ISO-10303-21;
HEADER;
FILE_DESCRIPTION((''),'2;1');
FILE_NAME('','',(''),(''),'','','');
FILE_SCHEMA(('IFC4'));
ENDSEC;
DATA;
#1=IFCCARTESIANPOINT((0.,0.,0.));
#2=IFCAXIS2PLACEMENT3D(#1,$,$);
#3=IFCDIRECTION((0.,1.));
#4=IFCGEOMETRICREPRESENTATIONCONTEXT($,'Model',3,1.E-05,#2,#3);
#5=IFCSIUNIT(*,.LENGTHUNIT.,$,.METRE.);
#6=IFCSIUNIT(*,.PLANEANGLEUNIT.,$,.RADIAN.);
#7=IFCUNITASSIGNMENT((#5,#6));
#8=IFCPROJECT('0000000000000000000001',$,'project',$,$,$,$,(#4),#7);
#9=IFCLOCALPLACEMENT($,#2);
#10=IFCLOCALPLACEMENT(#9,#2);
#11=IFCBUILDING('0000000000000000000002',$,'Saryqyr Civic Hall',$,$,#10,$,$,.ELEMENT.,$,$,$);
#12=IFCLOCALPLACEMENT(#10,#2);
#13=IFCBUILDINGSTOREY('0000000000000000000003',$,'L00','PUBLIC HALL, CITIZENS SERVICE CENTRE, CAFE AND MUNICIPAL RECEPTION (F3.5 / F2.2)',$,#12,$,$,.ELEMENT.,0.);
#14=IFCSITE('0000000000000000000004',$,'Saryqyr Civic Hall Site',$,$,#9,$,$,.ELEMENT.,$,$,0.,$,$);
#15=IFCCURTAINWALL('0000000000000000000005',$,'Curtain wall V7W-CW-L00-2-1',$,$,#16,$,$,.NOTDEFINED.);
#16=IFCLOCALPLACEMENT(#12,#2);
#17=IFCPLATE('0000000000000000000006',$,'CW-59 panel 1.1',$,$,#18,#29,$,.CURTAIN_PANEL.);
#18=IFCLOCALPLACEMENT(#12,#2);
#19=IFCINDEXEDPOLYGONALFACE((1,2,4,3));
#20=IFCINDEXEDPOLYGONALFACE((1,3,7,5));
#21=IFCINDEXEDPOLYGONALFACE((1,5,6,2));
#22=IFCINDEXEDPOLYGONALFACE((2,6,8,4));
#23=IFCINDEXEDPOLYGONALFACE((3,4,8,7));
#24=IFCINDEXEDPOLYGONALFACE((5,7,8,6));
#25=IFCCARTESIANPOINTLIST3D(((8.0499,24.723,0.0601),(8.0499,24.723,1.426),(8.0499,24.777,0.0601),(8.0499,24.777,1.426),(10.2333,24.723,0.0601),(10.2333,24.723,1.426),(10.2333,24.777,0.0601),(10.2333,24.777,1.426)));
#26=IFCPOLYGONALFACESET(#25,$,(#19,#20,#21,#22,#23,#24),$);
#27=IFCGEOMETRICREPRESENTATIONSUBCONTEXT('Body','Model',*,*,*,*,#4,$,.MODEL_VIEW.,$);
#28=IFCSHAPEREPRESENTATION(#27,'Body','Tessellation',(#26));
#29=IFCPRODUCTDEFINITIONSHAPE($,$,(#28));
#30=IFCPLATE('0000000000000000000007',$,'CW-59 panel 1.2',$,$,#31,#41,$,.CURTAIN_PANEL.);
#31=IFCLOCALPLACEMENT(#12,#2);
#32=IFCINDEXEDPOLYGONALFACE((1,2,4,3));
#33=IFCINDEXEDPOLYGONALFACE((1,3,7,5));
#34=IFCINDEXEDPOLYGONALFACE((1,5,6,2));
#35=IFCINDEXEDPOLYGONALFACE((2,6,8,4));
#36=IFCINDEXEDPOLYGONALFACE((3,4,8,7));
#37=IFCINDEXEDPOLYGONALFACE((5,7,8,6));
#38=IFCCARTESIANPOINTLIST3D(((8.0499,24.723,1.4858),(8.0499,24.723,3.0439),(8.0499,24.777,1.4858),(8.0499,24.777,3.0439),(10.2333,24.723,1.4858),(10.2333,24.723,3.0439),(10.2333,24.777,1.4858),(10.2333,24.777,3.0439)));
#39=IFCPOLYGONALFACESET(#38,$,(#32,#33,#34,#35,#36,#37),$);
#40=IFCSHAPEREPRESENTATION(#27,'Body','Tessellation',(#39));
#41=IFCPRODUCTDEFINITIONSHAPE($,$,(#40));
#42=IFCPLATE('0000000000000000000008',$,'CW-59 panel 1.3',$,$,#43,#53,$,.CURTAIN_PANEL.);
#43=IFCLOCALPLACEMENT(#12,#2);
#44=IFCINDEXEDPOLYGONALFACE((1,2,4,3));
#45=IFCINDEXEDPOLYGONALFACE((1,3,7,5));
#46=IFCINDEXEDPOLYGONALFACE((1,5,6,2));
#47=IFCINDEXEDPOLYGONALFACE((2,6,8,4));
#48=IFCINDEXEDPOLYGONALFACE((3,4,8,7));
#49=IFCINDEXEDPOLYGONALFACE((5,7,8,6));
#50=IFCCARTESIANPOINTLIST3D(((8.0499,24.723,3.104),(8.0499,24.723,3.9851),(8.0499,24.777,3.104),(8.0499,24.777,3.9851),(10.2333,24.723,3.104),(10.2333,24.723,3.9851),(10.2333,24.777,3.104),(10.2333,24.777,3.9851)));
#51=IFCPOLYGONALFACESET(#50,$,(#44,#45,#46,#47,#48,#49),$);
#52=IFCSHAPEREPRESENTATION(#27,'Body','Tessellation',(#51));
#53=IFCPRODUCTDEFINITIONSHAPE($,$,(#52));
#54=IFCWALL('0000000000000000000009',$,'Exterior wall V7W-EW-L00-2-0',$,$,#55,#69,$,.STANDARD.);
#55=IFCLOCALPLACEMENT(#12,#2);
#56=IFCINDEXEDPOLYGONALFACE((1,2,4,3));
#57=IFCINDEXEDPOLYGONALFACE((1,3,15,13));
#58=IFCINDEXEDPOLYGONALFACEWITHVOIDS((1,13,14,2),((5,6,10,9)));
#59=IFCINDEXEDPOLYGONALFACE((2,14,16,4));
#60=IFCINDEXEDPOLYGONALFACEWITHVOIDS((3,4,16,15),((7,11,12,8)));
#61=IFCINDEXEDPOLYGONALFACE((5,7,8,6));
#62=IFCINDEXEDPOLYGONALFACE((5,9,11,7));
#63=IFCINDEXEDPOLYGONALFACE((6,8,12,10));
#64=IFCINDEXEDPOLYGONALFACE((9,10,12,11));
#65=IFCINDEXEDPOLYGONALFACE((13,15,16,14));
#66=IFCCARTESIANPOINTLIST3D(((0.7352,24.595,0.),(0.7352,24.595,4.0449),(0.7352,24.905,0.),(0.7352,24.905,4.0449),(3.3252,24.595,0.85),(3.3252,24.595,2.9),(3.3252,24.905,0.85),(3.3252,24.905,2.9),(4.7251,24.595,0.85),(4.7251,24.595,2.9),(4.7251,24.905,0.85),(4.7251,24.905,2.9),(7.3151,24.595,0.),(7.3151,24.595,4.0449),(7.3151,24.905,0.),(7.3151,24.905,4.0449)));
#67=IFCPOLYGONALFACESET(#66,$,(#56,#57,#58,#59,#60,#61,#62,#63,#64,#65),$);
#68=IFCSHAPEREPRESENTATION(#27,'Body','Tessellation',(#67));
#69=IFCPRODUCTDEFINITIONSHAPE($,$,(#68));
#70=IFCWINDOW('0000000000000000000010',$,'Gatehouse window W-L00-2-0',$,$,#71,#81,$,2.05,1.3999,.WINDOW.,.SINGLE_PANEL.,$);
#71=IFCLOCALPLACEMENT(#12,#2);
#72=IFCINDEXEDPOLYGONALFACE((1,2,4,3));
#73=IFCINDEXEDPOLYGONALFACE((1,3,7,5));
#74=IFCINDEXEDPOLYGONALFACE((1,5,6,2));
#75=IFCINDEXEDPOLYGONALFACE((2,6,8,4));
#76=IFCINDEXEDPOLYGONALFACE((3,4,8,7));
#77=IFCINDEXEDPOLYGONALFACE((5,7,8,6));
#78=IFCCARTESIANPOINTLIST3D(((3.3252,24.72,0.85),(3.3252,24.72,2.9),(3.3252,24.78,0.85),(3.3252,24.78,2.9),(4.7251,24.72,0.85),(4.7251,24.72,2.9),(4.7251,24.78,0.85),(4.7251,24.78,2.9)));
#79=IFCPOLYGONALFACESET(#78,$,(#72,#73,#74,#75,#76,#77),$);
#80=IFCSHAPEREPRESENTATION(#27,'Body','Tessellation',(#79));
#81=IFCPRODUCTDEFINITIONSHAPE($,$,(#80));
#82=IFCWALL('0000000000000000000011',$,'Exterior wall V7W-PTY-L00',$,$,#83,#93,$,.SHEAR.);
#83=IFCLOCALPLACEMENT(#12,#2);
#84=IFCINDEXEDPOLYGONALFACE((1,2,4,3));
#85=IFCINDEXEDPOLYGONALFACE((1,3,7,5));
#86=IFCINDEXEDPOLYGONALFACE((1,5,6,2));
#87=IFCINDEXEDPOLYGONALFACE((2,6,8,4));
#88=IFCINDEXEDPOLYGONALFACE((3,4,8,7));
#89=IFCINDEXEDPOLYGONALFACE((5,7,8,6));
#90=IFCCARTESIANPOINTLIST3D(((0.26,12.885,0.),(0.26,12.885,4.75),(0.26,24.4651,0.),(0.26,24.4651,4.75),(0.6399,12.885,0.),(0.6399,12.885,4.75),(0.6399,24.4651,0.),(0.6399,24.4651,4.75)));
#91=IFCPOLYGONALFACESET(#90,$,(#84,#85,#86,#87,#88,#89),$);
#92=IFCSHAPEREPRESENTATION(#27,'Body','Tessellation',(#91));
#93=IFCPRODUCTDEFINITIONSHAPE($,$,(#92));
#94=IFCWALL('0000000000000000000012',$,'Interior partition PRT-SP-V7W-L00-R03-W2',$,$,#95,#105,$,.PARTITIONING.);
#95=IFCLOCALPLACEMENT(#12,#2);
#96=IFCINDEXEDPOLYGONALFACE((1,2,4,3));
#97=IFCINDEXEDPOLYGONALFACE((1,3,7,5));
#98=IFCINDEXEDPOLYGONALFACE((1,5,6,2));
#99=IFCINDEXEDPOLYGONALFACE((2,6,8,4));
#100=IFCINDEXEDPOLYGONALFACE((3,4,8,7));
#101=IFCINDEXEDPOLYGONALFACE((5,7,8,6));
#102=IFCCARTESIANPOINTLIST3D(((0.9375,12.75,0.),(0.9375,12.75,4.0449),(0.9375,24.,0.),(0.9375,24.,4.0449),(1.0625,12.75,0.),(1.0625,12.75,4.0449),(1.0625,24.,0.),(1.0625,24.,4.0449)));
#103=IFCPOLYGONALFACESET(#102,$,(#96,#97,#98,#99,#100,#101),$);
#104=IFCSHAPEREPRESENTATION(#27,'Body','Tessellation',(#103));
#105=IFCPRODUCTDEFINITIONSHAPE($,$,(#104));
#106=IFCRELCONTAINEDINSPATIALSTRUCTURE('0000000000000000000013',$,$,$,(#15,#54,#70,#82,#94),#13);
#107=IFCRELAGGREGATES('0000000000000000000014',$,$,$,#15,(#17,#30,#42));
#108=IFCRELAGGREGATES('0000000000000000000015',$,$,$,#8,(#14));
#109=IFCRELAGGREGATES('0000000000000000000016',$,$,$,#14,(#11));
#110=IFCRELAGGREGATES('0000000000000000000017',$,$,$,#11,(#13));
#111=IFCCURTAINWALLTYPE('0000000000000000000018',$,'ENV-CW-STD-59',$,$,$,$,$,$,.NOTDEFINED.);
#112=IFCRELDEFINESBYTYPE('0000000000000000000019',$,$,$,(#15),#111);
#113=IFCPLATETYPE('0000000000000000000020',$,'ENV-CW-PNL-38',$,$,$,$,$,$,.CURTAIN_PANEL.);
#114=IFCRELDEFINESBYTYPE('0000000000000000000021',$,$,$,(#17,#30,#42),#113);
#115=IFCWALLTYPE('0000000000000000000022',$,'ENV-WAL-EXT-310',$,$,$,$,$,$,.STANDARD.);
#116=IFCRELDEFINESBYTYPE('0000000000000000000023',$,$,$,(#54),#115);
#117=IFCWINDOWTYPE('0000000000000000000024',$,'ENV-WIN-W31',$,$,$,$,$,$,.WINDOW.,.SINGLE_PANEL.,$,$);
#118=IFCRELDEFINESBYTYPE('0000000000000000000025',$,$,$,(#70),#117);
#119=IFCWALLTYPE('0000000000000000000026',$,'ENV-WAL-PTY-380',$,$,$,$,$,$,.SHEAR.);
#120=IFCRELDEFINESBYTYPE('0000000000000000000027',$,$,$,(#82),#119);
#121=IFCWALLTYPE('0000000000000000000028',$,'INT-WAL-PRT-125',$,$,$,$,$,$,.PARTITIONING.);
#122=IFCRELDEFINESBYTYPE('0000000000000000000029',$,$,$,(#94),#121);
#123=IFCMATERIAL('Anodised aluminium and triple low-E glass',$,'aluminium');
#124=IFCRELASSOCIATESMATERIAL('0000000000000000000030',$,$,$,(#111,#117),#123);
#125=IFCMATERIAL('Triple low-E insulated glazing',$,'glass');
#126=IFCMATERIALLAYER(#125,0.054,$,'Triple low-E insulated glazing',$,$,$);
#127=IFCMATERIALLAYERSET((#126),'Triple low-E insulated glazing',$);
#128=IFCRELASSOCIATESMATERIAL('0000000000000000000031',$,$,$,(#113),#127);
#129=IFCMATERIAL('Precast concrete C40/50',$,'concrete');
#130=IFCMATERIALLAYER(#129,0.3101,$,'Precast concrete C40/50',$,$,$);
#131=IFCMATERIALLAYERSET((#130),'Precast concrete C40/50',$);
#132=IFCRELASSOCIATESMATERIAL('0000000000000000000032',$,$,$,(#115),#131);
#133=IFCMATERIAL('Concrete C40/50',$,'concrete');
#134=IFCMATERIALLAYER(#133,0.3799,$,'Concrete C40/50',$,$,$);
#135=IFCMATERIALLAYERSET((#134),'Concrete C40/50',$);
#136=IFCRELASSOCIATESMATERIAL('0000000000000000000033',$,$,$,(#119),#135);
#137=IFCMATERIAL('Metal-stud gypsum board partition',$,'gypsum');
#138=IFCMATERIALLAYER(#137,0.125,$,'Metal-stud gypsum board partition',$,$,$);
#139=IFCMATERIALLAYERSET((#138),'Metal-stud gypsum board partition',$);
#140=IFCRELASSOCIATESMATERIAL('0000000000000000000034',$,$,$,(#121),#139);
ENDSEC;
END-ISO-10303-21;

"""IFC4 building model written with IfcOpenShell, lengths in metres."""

from ifc_helpers import new_model, si_unit, direction, frame, frame_2d, origin, origin_2d, place, context, subcontext, project, spatial, rectangle, extrude, material, layer, layer_set, type_object, element, fill, aggregate, save


model = new_model("IFC4")

# Units and contexts
model_context = context("Model", 3, precision=1e-05, world=origin(), true_north=direction((0.0, 1.0)))
body_context = subcontext(model_context, "Body", "Model", "MODEL_VIEW")
ifc_project = project(units=[si_unit("LENGTHUNIT", "METRE"), si_unit("PLANEANGLEUNIT", "RADIAN")], contexts=[model_context])

# Site, building, storey
site_placement = place(None, origin())
site = spatial("IfcSite", under=ifc_project, at=site_placement, Name="Saryqyr Civic Hall Site", CompositionType="ELEMENT", RefElevation=0.0)
building_placement = place(site_placement, origin())
building = spatial("IfcBuilding", under=site, at=building_placement, Name="Saryqyr Civic Hall", CompositionType="ELEMENT")
storey_placement = place(building_placement, origin())
storey = spatial("IfcBuildingStorey", under=building, at=storey_placement, Name="L00", Description="PUBLIC HALL, CITIZENS SERVICE CENTRE, CAFE AND MUNICIPAL RECEPTION (F3.5 / F2.2)", CompositionType="ELEMENT", Elevation=0.0)

# Shared definitions
ifc_material_1 = material(Name="Concrete C40/50", Category="concrete")

# Curtain wall
ifc_material_2 = material(Name="Anodised aluminium and triple low-E glass", Category="aluminium")
curtain_wall_type = type_object("IfcCurtainWallType", Name="ENV-CW-STD-59", PredefinedType="NOTDEFINED", material=ifc_material_2)
curtain_wall_placement = place(storey_placement, origin())
curtain_wall = element("IfcCurtainWall", 1, at=curtain_wall_placement, inside=storey, type_object=curtain_wall_type, Name="Curtain wall V7W-CW-L00-2-1", PredefinedType="NOTDEFINED")

# Plates
ifc_material_3 = material(Name="Triple low-E insulated glazing", Category="glass")
ifc_layer_1 = layer(ifc_material_3, 0.054, Name="Triple low-E insulated glazing")
ifc_layer_set_1 = layer_set([ifc_layer_1], Name="Triple low-E insulated glazing")
plate_type = type_object("IfcPlateType", Name="ENV-CW-PNL-38", PredefinedType="CURTAIN_PANEL", material=ifc_layer_set_1)
plate_1_placement = place(storey_placement, frame((9.1416, 24.75, 0.0601), z_axis=(0.0, 0.0, 1.0), x_axis=(1.0, 0.0, 0.0)))
plate_1 = element("IfcPlate", 2, at=plate_1_placement, type_object=plate_type, Name="CW-59 panel 1.1", PredefinedType="CURTAIN_PANEL", context=body_context, shape_type="SweptSolid", body=[
    extrude(rectangle(XDim=2.1833, YDim=0.054, at=origin_2d()), origin(), (0.0, 0.0, 1.0), 1.366),
])
plate_2_placement = place(storey_placement, frame((9.1416, 24.75, 1.4858), z_axis=(0.0, 0.0, 1.0), x_axis=(1.0, 0.0, 0.0)))
plate_2 = element("IfcPlate", 3, at=plate_2_placement, type_object=plate_type, Name="CW-59 panel 1.2", PredefinedType="CURTAIN_PANEL", context=body_context, shape_type="SweptSolid", body=[
    extrude(rectangle(XDim=2.1833, YDim=0.054, at=origin_2d()), origin(), (0.0, 0.0, 1.0), 1.5581),
])
plate_3_placement = place(storey_placement, frame((9.1416, 24.75, 3.104), z_axis=(0.0, 0.0, 1.0), x_axis=(1.0, 0.0, 0.0)))
plate_3 = element("IfcPlate", 4, at=plate_3_placement, type_object=plate_type, Name="CW-59 panel 1.3", PredefinedType="CURTAIN_PANEL", context=body_context, shape_type="SweptSolid", body=[
    extrude(rectangle(XDim=2.1833, YDim=0.054, at=origin_2d()), origin(), (0.0, 0.0, 1.0), 0.8811),
])
aggregate(curtain_wall, [plate_1, plate_2, plate_3])

# Wall, opening, window
ifc_material_4 = material(Name="Precast concrete C40/50", Category="concrete")
ifc_layer_2 = layer(ifc_material_4, 0.3101, Name="Precast concrete C40/50")
ifc_layer_set_2 = layer_set([ifc_layer_2], Name="Precast concrete C40/50")
wall_type_1 = type_object("IfcWallType", Name="ENV-WAL-EXT-310", PredefinedType="STANDARD", material=ifc_layer_set_2)
wall_1_placement = place(storey_placement, frame((0.7351, 24.75, 0.0), z_axis=(0.0, 0.0, 1.0), x_axis=(1.0, 0.0, 0.0)))
wall_1 = element("IfcWall", 5, at=wall_1_placement, inside=storey, type_object=wall_type_1, Name="Exterior wall V7W-EW-L00-2-0", PredefinedType="STANDARD", context=body_context, shape_type="SweptSolid", body=[
    extrude(rectangle(XDim=6.5798, YDim=0.3101, at=frame_2d((3.29, 0.0))), origin(), (0.0, 0.0, 1.0), 4.0449),
])
opening_placement = place(wall_1_placement, frame((2.5901, 0.0, 0.8501)))
opening = element("IfcOpeningElement", 6, at=opening_placement, cuts=wall_1, PredefinedType="OPENING", context=body_context, shape_type="SweptSolid", body=[
    extrude(rectangle(XDim=1.3999, YDim=2.05, at=frame_2d((0.7, 1.0249))), frame((0.0, 0.165, 0.0), z_axis=(0.0, -1.0, 0.0), x_axis=(1.0, 0.0, 0.0)), (0.0, 0.0, 1.0), 0.3301),
])
window_type = type_object("IfcWindowType", Name="ENV-WIN-W31", PartitioningType="SINGLE_PANEL", PredefinedType="WINDOW", material=ifc_material_2)
window_placement = place(opening_placement, origin())
window = element("IfcWindow", 7, at=window_placement, inside=storey, type_object=window_type, Name="Gatehouse window W-L00-2-0", OverallHeight=2.05, OverallWidth=1.3999, PartitioningType="SINGLE_PANEL", PredefinedType="WINDOW", context=body_context, shape_type="SweptSolid", body=[
    extrude(rectangle(XDim=1.3999, YDim=2.05, at=frame_2d((0.7, 1.0249))), frame((0.0, 0.03, 0.0), z_axis=(0.0, -1.0, 0.0), x_axis=(1.0, 0.0, 0.0)), (0.0, 0.0, 1.0), 0.0601),
])
fill(opening, window)

# Walls
ifc_layer_3 = layer(ifc_material_1, 0.3799, Name="Concrete C40/50")
ifc_layer_set_3 = layer_set([ifc_layer_3], Name="Concrete C40/50")
wall_type_2 = type_object("IfcWallType", Name="ENV-WAL-PTY-380", PredefinedType="SHEAR", material=ifc_layer_set_3)
wall_2_placement = place(storey_placement, frame((0.45, 12.885, 0.0), z_axis=(0.0, 0.0, 1.0), x_axis=(0.0, 1.0, 0.0)))
element("IfcWall", 8, at=wall_2_placement, inside=storey, type_object=wall_type_2, Name="Exterior wall V7W-PTY-L00", PredefinedType="SHEAR", context=body_context, shape_type="SweptSolid", body=[
    extrude(rectangle(XDim=11.5801, YDim=0.3799, at=frame_2d((5.79, 0.0))), origin(), (0.0, 0.0, 1.0), 4.75),
])
ifc_material_5 = material(Name="Metal-stud gypsum board partition", Category="gypsum")
ifc_layer_4 = layer(ifc_material_5, 0.125, Name="Metal-stud gypsum board partition")
ifc_layer_set_4 = layer_set([ifc_layer_4], Name="Metal-stud gypsum board partition")
wall_type_3 = type_object("IfcWallType", Name="INT-WAL-PRT-125", PredefinedType="PARTITIONING", material=ifc_layer_set_4)
wall_3_placement = place(storey_placement, frame((1.0, 12.75, 0.0), z_axis=(0.0, 0.0, 1.0), x_axis=(0.0, 1.0, 0.0)))
element("IfcWall", 9, at=wall_3_placement, inside=storey, type_object=wall_type_3, Name="Interior partition PRT-SP-V7W-L00-R03-W2", PredefinedType="PARTITIONING", context=body_context, shape_type="SweptSolid", body=[
    extrude(rectangle(XDim=11.25, YDim=0.125, at=frame_2d((5.625, 0.0))), origin(), (0.0, 0.0, 1.0), 4.0449),
])

save(model, "model.ifc")
